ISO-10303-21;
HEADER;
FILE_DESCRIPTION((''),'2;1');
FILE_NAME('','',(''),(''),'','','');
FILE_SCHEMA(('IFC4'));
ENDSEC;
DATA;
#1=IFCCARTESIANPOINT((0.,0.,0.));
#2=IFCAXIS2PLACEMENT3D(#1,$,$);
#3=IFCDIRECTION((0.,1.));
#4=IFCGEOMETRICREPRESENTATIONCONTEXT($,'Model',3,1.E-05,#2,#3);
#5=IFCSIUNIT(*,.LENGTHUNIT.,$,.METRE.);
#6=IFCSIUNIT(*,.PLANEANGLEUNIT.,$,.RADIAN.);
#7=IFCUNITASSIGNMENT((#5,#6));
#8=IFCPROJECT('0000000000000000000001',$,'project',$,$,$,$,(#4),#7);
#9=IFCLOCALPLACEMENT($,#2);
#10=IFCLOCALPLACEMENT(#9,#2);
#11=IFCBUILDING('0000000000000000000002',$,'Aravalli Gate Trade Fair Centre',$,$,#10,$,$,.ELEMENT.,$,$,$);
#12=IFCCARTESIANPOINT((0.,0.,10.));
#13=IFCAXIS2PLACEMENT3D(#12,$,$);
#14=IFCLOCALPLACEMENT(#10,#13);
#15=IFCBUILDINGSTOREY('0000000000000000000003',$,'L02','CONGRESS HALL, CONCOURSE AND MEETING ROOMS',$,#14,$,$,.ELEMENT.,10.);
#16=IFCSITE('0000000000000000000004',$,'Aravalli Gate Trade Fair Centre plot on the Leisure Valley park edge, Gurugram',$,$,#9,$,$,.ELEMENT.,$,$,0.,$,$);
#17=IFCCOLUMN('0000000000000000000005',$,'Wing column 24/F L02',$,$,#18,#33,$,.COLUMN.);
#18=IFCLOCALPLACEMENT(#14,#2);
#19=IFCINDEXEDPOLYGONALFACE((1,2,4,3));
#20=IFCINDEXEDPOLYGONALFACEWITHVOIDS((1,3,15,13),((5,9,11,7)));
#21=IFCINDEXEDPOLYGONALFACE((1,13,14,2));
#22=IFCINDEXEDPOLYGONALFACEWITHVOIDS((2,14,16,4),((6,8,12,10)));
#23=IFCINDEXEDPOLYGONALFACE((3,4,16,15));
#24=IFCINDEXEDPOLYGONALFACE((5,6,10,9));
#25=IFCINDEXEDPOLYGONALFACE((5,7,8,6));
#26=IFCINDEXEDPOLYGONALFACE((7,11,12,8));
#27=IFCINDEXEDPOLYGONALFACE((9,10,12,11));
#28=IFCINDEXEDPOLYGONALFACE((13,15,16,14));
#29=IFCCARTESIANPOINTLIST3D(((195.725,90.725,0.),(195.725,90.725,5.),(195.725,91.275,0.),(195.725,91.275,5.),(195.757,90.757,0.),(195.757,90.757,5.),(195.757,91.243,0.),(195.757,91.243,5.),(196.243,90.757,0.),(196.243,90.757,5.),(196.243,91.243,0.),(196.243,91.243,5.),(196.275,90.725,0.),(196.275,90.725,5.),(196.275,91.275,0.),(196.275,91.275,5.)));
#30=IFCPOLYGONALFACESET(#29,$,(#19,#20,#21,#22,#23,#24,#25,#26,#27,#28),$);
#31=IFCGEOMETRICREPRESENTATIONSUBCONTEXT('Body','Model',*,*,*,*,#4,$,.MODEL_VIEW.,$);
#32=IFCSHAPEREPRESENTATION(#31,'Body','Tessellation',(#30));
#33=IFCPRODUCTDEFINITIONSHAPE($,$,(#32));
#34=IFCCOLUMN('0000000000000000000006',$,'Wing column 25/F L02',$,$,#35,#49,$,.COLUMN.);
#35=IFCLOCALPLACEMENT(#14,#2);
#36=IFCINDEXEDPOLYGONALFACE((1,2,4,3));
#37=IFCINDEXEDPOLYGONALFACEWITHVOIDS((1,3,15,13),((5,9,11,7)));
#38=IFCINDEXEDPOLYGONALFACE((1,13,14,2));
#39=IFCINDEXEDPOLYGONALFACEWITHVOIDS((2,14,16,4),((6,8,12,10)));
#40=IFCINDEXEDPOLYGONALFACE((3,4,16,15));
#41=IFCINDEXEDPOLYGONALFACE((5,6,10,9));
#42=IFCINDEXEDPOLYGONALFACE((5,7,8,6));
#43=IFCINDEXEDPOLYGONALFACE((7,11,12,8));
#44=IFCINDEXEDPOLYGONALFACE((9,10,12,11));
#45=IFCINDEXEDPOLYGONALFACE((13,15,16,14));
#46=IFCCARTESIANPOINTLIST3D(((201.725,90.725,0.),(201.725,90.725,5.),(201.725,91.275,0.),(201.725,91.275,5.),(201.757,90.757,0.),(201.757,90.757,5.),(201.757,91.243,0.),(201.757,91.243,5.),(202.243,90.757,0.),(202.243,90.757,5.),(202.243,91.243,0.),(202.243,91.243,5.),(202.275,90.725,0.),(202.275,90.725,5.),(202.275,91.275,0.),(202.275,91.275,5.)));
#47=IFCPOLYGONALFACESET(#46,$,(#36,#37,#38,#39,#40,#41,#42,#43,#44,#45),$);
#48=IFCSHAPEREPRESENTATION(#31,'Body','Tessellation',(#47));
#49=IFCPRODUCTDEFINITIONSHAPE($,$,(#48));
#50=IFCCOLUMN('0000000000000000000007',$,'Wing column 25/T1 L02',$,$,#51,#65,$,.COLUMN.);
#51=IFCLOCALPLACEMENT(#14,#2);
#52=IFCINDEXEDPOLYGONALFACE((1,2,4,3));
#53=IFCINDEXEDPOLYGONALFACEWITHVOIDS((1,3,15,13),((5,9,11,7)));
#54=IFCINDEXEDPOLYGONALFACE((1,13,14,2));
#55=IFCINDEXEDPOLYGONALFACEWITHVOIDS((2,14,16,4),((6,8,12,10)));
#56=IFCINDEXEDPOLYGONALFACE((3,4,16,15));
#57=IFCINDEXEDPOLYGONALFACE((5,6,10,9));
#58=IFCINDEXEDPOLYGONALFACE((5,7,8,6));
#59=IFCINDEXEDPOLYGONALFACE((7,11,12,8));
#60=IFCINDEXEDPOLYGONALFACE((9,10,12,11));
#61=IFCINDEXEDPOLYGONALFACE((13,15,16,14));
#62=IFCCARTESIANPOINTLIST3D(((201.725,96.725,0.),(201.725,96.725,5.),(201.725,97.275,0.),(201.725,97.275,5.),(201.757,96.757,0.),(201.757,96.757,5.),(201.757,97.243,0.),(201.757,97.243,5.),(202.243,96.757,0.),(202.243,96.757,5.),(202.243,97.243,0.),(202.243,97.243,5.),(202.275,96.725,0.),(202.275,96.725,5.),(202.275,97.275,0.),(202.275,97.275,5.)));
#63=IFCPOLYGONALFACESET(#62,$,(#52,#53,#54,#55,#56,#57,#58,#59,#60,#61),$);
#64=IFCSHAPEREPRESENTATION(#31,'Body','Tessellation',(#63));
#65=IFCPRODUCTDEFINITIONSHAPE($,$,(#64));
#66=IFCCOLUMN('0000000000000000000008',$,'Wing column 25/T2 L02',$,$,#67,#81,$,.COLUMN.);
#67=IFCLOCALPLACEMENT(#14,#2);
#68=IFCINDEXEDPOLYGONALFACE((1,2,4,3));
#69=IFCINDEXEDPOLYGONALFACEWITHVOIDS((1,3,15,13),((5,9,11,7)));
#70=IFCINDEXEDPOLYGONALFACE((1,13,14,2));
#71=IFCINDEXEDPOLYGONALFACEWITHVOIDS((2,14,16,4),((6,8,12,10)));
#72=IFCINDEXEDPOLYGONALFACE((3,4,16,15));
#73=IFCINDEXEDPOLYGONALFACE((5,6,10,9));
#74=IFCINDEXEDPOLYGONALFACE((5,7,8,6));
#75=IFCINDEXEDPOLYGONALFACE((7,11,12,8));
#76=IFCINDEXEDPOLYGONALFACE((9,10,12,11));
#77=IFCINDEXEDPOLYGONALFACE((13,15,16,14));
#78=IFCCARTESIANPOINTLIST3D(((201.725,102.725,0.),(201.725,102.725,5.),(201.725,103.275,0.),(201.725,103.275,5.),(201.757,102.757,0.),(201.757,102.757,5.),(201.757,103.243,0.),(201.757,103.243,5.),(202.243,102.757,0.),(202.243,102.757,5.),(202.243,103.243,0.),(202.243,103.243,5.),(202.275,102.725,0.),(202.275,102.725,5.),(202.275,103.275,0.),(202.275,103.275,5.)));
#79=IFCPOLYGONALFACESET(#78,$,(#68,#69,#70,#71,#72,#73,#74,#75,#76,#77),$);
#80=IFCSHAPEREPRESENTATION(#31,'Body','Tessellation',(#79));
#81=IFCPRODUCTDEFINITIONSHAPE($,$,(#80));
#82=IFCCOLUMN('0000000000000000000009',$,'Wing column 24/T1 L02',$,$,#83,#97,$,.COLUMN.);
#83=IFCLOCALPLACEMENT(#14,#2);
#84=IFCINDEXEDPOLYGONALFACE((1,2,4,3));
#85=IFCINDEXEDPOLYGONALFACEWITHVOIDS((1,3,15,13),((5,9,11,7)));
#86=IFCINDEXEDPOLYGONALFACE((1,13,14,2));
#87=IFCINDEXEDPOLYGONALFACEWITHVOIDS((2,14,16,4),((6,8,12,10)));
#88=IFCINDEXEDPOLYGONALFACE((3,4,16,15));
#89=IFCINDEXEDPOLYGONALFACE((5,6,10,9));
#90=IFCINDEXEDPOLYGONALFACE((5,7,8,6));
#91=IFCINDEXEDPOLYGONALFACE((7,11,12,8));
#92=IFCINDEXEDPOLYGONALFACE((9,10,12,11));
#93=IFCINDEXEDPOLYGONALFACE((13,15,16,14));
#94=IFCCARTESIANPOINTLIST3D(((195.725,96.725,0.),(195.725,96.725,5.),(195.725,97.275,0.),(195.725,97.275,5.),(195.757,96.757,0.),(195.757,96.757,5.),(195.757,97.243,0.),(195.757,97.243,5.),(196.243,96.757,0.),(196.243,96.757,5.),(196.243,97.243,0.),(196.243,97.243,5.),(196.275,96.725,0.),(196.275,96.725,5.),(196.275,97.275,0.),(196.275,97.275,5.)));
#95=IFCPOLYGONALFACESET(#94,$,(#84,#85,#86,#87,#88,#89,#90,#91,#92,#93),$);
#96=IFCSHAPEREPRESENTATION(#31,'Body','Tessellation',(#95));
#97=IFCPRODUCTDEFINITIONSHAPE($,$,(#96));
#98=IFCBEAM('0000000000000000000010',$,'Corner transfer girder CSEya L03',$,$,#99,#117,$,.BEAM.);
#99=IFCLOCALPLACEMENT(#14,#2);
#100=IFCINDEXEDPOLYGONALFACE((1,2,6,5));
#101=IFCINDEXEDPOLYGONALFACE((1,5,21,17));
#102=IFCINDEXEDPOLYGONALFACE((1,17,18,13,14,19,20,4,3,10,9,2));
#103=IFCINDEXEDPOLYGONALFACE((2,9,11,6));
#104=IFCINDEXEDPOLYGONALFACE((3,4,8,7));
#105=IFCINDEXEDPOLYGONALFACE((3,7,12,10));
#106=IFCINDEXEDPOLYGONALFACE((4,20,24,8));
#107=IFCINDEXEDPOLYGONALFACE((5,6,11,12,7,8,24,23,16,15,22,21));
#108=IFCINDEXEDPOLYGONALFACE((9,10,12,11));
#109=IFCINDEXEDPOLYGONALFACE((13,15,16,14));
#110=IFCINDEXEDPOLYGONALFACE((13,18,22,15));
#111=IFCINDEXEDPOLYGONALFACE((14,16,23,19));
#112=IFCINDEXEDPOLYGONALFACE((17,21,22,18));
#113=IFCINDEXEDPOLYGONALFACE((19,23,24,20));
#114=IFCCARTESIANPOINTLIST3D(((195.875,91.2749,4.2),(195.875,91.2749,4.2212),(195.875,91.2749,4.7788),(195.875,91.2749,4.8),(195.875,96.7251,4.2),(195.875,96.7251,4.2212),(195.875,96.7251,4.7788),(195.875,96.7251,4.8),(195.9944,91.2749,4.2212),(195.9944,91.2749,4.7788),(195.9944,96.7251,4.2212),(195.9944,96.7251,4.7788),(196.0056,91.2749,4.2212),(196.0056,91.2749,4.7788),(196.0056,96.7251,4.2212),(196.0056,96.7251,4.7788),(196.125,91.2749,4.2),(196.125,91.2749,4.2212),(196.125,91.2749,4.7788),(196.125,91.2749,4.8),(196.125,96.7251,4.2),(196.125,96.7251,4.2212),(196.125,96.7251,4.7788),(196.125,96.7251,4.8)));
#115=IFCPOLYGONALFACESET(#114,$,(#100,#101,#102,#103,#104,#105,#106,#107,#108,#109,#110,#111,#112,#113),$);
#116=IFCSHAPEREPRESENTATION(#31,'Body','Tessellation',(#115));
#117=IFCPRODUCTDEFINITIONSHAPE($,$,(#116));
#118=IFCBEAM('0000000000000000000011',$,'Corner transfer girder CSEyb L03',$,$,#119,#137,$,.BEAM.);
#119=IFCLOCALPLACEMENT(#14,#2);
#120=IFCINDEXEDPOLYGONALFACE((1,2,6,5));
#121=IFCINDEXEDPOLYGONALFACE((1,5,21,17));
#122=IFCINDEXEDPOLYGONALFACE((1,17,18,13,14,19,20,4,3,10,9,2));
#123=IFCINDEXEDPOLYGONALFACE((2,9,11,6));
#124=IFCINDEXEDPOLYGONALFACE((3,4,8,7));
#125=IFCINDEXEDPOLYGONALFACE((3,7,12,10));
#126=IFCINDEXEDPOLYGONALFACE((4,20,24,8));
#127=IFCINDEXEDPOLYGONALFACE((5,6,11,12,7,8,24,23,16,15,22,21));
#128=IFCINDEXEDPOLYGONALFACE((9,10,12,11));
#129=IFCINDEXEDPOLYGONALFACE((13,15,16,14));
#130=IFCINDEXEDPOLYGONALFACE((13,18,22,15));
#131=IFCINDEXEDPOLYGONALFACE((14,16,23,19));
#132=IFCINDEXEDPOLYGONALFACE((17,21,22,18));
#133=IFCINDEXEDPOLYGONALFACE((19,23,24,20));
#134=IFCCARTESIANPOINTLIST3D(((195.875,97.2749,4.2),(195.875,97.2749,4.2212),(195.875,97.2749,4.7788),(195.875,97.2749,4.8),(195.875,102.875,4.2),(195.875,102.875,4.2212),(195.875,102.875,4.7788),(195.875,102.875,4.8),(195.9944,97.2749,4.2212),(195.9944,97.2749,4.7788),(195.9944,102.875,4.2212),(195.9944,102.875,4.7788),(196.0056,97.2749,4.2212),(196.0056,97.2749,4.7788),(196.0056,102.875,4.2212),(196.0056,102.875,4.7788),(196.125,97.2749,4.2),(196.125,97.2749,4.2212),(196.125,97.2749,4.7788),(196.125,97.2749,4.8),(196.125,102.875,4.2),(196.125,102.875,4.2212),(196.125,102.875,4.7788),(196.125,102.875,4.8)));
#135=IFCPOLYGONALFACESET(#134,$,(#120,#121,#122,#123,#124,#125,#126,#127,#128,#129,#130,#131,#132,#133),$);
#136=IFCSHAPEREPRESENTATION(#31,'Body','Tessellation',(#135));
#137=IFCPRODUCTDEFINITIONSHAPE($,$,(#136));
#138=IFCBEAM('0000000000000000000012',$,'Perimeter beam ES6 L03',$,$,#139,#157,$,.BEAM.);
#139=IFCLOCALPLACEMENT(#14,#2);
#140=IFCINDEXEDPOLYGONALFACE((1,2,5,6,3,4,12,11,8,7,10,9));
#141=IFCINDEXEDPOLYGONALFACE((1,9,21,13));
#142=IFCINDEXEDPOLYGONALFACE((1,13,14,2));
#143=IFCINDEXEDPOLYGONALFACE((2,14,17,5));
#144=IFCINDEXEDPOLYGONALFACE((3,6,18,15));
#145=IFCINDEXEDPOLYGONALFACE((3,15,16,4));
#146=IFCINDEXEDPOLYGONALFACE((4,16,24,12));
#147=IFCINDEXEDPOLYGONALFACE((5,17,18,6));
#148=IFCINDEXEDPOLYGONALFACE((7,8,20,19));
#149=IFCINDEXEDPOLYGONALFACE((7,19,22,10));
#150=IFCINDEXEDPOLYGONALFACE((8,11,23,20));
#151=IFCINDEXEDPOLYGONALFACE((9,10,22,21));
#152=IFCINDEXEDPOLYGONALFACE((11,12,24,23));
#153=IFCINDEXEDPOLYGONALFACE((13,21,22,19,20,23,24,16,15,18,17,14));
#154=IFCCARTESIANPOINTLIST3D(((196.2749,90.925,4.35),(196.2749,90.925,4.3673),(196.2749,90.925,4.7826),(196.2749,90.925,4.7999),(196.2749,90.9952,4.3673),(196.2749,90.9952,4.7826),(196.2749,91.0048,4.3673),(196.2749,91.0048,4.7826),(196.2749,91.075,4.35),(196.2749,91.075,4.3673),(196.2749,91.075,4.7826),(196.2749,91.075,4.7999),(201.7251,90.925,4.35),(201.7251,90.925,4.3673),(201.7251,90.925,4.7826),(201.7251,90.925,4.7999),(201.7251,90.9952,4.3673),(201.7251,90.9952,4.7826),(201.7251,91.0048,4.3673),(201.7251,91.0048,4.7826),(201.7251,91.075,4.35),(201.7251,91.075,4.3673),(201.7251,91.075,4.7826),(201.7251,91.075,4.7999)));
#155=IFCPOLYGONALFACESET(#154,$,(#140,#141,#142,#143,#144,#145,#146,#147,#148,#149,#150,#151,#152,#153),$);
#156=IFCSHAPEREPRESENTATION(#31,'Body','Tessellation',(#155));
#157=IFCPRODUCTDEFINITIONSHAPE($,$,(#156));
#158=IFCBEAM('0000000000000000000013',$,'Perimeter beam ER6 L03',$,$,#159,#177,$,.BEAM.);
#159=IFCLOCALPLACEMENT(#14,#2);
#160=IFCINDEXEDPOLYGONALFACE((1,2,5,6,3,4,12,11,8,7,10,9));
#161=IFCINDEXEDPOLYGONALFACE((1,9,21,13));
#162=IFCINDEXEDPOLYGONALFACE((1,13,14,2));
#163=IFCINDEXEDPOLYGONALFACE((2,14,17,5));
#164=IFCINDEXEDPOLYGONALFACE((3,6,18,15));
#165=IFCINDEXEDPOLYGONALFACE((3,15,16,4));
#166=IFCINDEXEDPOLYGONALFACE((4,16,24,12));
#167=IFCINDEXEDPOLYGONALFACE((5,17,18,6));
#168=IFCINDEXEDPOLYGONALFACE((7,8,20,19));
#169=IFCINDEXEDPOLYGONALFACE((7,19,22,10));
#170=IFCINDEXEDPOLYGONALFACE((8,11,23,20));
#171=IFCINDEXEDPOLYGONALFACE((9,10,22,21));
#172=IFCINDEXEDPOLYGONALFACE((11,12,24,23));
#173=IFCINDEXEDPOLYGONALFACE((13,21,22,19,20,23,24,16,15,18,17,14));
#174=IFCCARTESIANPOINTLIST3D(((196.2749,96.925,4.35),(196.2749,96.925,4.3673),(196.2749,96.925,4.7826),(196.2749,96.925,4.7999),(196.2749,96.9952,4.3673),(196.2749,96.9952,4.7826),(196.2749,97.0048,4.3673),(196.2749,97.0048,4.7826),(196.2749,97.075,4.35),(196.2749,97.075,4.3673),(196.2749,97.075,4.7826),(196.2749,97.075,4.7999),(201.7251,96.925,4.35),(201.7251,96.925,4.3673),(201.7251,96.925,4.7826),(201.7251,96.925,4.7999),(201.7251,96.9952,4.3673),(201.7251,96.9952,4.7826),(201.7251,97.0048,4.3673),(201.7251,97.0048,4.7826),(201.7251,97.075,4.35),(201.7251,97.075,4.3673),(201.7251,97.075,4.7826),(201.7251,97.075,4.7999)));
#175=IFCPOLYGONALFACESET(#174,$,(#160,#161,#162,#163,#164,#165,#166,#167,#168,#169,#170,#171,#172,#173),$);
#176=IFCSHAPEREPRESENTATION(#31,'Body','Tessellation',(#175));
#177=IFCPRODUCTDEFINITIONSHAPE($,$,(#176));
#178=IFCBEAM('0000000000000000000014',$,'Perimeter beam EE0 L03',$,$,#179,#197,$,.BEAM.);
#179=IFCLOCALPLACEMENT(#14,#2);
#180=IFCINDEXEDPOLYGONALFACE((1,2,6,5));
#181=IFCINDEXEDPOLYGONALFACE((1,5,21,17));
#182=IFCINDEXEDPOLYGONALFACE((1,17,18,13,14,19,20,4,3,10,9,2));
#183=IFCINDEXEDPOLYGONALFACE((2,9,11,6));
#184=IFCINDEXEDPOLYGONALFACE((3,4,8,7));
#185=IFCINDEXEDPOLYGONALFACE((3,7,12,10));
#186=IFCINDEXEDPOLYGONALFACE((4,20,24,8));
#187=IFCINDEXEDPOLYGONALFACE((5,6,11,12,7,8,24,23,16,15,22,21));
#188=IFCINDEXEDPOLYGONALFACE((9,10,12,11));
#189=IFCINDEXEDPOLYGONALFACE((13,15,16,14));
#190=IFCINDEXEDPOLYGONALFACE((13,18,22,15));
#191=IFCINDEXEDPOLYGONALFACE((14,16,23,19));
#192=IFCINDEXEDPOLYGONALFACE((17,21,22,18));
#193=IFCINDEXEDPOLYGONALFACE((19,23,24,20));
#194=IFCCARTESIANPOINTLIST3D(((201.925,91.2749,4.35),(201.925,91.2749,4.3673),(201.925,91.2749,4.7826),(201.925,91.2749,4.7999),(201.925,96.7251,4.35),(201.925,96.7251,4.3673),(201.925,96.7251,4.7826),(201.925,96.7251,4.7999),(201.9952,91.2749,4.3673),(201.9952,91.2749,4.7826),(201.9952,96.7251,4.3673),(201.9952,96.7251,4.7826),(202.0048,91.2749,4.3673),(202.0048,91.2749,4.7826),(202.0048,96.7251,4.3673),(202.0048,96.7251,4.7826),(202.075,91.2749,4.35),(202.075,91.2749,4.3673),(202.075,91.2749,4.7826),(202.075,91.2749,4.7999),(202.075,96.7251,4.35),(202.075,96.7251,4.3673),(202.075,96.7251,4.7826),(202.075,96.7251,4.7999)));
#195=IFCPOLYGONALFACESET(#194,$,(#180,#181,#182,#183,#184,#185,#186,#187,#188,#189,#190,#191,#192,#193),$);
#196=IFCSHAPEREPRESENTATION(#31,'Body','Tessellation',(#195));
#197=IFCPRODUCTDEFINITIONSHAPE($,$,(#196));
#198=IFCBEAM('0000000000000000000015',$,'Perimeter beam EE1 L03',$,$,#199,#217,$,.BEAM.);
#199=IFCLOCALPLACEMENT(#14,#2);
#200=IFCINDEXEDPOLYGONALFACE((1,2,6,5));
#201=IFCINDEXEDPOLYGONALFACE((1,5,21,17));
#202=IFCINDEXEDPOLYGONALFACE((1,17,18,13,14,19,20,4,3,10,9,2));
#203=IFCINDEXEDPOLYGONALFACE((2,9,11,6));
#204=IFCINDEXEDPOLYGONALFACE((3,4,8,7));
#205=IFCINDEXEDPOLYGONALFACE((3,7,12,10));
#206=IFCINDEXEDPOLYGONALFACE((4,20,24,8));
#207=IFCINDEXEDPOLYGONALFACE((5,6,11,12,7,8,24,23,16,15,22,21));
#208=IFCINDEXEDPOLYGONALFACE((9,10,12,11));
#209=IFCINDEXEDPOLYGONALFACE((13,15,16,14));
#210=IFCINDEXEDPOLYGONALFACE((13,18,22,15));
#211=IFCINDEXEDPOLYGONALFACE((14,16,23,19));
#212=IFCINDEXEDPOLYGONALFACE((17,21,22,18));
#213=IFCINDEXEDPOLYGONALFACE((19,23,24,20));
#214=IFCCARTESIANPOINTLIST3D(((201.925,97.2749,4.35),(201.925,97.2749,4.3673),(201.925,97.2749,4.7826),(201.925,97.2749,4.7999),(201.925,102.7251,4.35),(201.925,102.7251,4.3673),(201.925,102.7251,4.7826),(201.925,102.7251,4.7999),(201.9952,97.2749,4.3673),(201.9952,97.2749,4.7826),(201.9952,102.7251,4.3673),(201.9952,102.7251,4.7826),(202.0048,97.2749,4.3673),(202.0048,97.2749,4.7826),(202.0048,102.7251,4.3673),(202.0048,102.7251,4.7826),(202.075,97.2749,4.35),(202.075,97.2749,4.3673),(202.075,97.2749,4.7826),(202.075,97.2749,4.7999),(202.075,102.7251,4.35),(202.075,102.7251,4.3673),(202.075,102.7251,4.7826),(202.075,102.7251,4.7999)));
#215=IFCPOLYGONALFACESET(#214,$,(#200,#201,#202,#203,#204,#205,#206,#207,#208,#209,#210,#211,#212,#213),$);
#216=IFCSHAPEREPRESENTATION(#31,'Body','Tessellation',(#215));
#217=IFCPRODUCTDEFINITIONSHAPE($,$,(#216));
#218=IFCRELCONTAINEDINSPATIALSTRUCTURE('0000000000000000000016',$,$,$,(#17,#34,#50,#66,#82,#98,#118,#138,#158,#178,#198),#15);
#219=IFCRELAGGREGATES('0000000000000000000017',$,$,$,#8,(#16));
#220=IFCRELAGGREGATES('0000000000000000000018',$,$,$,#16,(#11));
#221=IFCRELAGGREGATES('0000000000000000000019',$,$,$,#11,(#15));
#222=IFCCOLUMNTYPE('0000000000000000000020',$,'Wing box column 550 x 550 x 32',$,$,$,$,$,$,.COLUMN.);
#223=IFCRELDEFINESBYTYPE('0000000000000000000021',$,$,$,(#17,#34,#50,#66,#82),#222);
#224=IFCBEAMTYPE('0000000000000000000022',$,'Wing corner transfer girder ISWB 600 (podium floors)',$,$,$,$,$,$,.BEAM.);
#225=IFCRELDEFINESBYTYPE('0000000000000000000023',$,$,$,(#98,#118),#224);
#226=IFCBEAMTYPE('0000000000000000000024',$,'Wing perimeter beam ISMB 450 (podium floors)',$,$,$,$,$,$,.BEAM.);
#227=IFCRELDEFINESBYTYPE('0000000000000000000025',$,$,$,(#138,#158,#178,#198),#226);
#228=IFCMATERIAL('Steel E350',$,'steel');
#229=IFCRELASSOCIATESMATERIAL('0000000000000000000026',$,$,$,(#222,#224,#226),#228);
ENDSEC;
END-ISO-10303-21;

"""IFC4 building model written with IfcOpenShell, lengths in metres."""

from ifc_helpers import new_model, si_unit, direction, frame, origin, origin_2d, place, context, subcontext, project, spatial, hollow_rectangle, i_section, extrude, material, material_profile, profile_set, type_object, element, save


model = new_model("IFC4")

# Units and contexts
model_context = context("Model", 3, precision=1e-05, world=origin(), true_north=direction((0.0, 1.0)))
body_context = subcontext(model_context, "Body", "Model", "MODEL_VIEW")
ifc_project = project(units=[si_unit("LENGTHUNIT", "METRE"), si_unit("PLANEANGLEUNIT", "RADIAN")], contexts=[model_context])

# Site, building, storey
site_placement = place(None, origin())
site = spatial("IfcSite", under=ifc_project, at=site_placement, Name="Aravalli Gate Trade Fair Centre plot on the Leisure Valley park edge, Gurugram", CompositionType="ELEMENT", RefElevation=0.0)
building_placement = place(site_placement, origin())
building = spatial("IfcBuilding", under=site, at=building_placement, Name="Aravalli Gate Trade Fair Centre", CompositionType="ELEMENT")
storey_placement = place(building_placement, frame((0.0, 0.0, 10.0)))
storey = spatial("IfcBuildingStorey", under=building, at=storey_placement, Name="L02", Description="CONGRESS HALL, CONCOURSE AND MEETING ROOMS", CompositionType="ELEMENT", Elevation=10.0)

# Columns
ifc_material_1 = material(Name="Steel E350", Category="steel")
ifc_material_profile_1 = material_profile(ifc_material_1, hollow_rectangle(XDim=0.55, YDim=0.55, WallThickness=0.032, at=origin_2d()), Name="BOX 550x550x32")
ifc_profile_set_1 = profile_set([ifc_material_profile_1], Name="Steel E350")
column_type = type_object("IfcColumnType", Name="Wing box column 550 x 550 x 32", PredefinedType="COLUMN", material=ifc_profile_set_1)
for number, where, z_axis, x_axis, name in (
    (1, (196.0, 91.0, 0.0), (0.0, 0.0, 1.0), (1.0, 0.0, 0.0), "Wing column 24/F L02"),
    (2, (202.0, 91.0, 0.0), (0.0, 0.0, 1.0), (1.0, 0.0, 0.0), "Wing column 25/F L02"),
    (3, (202.0, 97.0, 0.0), (0.0, 0.0, 1.0), (1.0, 0.0, 0.0), "Wing column 25/T1 L02"),
    (4, (202.0, 103.0, 0.0), (0.0, 0.0, 1.0), (1.0, 0.0, 0.0), "Wing column 25/T2 L02"),
    (5, (196.0, 97.0, 0.0), (0.0, 0.0, 1.0), (1.0, 0.0, 0.0), "Wing column 24/T1 L02"),
):
    element("IfcColumn", number, at=place(storey_placement, frame(where, z_axis=z_axis, x_axis=x_axis)), inside=storey, type_object=column_type, Name=name, PredefinedType="COLUMN", context=body_context, shape_type="SweptSolid", body=[
        extrude(hollow_rectangle(XDim=0.55, YDim=0.55, WallThickness=0.032, at=origin_2d()), origin(), (0.0, 0.0, 1.0), 5.0),
    ])

# Beams
ifc_material_profile_2 = material_profile(ifc_material_1, i_section(OverallWidth=0.25, OverallDepth=0.6001, WebThickness=0.0112, FlangeThickness=0.0212, at=origin_2d()), Name="ISWB 600")
ifc_profile_set_2 = profile_set([ifc_material_profile_2], Name="Steel E350")
beam_type_1 = type_object("IfcBeamType", Name="Wing corner transfer girder ISWB 600 (podium floors)", PredefinedType="BEAM", material=ifc_profile_set_2)
beam_1_placement = place(storey_placement, frame((196.0, 91.2749, 4.5), z_axis=(0.0, 1.0, 0.0), x_axis=(-1.0, 0.0, 0.0)))
element("IfcBeam", 6, at=beam_1_placement, inside=storey, type_object=beam_type_1, Name="Corner transfer girder CSEya L03", PredefinedType="BEAM", context=body_context, shape_type="SweptSolid", body=[
    extrude(i_section(OverallWidth=0.25, OverallDepth=0.6001, WebThickness=0.0112, FlangeThickness=0.0212, at=origin_2d()), origin(), (0.0, 0.0, 1.0), 5.4502),
])
beam_2_placement = place(storey_placement, frame((196.0, 97.2749, 4.5), z_axis=(0.0, 1.0, 0.0), x_axis=(-1.0, 0.0, 0.0)))
element("IfcBeam", 7, at=beam_2_placement, inside=storey, type_object=beam_type_1, Name="Corner transfer girder CSEyb L03", PredefinedType="BEAM", context=body_context, shape_type="SweptSolid", body=[
    extrude(i_section(OverallWidth=0.25, OverallDepth=0.6001, WebThickness=0.0112, FlangeThickness=0.0212, at=origin_2d()), origin(), (0.0, 0.0, 1.0), 5.6001),
])
ifc_material_profile_3 = material_profile(ifc_material_1, i_section(OverallWidth=0.1499, OverallDepth=0.45, WebThickness=0.0095, FlangeThickness=0.0173, at=origin_2d()), Name="ISMB 450")
ifc_profile_set_3 = profile_set([ifc_material_profile_3], Name="Steel E350")
beam_type_2 = type_object("IfcBeamType", Name="Wing perimeter beam ISMB 450 (podium floors)", PredefinedType="BEAM", material=ifc_profile_set_3)
for number, where, z_axis, x_axis, name in (
    (8, (196.2749, 91.0, 4.575), (1.0, 0.0, 0.0), (0.0, 1.0, 0.0), "Perimeter beam ES6 L03"),
    (9, (196.2749, 97.0, 4.575), (1.0, 0.0, 0.0), (0.0, 1.0, 0.0), "Perimeter beam ER6 L03"),
    (10, (202.0, 91.2749, 4.575), (0.0, 1.0, 0.0), (-1.0, 0.0, 0.0), "Perimeter beam EE0 L03"),
    (11, (202.0, 97.2749, 4.575), (0.0, 1.0, 0.0), (-1.0, 0.0, 0.0), "Perimeter beam EE1 L03"),
):
    element("IfcBeam", number, at=place(storey_placement, frame(where, z_axis=z_axis, x_axis=x_axis)), inside=storey, type_object=beam_type_2, Name=name, PredefinedType="BEAM", context=body_context, shape_type="SweptSolid", body=[
        extrude(i_section(OverallWidth=0.1499, OverallDepth=0.45, WebThickness=0.0095, FlangeThickness=0.0173, at=origin_2d()), origin(), (0.0, 0.0, 1.0), 5.4502),
    ])

save(model, "model.ifc")
